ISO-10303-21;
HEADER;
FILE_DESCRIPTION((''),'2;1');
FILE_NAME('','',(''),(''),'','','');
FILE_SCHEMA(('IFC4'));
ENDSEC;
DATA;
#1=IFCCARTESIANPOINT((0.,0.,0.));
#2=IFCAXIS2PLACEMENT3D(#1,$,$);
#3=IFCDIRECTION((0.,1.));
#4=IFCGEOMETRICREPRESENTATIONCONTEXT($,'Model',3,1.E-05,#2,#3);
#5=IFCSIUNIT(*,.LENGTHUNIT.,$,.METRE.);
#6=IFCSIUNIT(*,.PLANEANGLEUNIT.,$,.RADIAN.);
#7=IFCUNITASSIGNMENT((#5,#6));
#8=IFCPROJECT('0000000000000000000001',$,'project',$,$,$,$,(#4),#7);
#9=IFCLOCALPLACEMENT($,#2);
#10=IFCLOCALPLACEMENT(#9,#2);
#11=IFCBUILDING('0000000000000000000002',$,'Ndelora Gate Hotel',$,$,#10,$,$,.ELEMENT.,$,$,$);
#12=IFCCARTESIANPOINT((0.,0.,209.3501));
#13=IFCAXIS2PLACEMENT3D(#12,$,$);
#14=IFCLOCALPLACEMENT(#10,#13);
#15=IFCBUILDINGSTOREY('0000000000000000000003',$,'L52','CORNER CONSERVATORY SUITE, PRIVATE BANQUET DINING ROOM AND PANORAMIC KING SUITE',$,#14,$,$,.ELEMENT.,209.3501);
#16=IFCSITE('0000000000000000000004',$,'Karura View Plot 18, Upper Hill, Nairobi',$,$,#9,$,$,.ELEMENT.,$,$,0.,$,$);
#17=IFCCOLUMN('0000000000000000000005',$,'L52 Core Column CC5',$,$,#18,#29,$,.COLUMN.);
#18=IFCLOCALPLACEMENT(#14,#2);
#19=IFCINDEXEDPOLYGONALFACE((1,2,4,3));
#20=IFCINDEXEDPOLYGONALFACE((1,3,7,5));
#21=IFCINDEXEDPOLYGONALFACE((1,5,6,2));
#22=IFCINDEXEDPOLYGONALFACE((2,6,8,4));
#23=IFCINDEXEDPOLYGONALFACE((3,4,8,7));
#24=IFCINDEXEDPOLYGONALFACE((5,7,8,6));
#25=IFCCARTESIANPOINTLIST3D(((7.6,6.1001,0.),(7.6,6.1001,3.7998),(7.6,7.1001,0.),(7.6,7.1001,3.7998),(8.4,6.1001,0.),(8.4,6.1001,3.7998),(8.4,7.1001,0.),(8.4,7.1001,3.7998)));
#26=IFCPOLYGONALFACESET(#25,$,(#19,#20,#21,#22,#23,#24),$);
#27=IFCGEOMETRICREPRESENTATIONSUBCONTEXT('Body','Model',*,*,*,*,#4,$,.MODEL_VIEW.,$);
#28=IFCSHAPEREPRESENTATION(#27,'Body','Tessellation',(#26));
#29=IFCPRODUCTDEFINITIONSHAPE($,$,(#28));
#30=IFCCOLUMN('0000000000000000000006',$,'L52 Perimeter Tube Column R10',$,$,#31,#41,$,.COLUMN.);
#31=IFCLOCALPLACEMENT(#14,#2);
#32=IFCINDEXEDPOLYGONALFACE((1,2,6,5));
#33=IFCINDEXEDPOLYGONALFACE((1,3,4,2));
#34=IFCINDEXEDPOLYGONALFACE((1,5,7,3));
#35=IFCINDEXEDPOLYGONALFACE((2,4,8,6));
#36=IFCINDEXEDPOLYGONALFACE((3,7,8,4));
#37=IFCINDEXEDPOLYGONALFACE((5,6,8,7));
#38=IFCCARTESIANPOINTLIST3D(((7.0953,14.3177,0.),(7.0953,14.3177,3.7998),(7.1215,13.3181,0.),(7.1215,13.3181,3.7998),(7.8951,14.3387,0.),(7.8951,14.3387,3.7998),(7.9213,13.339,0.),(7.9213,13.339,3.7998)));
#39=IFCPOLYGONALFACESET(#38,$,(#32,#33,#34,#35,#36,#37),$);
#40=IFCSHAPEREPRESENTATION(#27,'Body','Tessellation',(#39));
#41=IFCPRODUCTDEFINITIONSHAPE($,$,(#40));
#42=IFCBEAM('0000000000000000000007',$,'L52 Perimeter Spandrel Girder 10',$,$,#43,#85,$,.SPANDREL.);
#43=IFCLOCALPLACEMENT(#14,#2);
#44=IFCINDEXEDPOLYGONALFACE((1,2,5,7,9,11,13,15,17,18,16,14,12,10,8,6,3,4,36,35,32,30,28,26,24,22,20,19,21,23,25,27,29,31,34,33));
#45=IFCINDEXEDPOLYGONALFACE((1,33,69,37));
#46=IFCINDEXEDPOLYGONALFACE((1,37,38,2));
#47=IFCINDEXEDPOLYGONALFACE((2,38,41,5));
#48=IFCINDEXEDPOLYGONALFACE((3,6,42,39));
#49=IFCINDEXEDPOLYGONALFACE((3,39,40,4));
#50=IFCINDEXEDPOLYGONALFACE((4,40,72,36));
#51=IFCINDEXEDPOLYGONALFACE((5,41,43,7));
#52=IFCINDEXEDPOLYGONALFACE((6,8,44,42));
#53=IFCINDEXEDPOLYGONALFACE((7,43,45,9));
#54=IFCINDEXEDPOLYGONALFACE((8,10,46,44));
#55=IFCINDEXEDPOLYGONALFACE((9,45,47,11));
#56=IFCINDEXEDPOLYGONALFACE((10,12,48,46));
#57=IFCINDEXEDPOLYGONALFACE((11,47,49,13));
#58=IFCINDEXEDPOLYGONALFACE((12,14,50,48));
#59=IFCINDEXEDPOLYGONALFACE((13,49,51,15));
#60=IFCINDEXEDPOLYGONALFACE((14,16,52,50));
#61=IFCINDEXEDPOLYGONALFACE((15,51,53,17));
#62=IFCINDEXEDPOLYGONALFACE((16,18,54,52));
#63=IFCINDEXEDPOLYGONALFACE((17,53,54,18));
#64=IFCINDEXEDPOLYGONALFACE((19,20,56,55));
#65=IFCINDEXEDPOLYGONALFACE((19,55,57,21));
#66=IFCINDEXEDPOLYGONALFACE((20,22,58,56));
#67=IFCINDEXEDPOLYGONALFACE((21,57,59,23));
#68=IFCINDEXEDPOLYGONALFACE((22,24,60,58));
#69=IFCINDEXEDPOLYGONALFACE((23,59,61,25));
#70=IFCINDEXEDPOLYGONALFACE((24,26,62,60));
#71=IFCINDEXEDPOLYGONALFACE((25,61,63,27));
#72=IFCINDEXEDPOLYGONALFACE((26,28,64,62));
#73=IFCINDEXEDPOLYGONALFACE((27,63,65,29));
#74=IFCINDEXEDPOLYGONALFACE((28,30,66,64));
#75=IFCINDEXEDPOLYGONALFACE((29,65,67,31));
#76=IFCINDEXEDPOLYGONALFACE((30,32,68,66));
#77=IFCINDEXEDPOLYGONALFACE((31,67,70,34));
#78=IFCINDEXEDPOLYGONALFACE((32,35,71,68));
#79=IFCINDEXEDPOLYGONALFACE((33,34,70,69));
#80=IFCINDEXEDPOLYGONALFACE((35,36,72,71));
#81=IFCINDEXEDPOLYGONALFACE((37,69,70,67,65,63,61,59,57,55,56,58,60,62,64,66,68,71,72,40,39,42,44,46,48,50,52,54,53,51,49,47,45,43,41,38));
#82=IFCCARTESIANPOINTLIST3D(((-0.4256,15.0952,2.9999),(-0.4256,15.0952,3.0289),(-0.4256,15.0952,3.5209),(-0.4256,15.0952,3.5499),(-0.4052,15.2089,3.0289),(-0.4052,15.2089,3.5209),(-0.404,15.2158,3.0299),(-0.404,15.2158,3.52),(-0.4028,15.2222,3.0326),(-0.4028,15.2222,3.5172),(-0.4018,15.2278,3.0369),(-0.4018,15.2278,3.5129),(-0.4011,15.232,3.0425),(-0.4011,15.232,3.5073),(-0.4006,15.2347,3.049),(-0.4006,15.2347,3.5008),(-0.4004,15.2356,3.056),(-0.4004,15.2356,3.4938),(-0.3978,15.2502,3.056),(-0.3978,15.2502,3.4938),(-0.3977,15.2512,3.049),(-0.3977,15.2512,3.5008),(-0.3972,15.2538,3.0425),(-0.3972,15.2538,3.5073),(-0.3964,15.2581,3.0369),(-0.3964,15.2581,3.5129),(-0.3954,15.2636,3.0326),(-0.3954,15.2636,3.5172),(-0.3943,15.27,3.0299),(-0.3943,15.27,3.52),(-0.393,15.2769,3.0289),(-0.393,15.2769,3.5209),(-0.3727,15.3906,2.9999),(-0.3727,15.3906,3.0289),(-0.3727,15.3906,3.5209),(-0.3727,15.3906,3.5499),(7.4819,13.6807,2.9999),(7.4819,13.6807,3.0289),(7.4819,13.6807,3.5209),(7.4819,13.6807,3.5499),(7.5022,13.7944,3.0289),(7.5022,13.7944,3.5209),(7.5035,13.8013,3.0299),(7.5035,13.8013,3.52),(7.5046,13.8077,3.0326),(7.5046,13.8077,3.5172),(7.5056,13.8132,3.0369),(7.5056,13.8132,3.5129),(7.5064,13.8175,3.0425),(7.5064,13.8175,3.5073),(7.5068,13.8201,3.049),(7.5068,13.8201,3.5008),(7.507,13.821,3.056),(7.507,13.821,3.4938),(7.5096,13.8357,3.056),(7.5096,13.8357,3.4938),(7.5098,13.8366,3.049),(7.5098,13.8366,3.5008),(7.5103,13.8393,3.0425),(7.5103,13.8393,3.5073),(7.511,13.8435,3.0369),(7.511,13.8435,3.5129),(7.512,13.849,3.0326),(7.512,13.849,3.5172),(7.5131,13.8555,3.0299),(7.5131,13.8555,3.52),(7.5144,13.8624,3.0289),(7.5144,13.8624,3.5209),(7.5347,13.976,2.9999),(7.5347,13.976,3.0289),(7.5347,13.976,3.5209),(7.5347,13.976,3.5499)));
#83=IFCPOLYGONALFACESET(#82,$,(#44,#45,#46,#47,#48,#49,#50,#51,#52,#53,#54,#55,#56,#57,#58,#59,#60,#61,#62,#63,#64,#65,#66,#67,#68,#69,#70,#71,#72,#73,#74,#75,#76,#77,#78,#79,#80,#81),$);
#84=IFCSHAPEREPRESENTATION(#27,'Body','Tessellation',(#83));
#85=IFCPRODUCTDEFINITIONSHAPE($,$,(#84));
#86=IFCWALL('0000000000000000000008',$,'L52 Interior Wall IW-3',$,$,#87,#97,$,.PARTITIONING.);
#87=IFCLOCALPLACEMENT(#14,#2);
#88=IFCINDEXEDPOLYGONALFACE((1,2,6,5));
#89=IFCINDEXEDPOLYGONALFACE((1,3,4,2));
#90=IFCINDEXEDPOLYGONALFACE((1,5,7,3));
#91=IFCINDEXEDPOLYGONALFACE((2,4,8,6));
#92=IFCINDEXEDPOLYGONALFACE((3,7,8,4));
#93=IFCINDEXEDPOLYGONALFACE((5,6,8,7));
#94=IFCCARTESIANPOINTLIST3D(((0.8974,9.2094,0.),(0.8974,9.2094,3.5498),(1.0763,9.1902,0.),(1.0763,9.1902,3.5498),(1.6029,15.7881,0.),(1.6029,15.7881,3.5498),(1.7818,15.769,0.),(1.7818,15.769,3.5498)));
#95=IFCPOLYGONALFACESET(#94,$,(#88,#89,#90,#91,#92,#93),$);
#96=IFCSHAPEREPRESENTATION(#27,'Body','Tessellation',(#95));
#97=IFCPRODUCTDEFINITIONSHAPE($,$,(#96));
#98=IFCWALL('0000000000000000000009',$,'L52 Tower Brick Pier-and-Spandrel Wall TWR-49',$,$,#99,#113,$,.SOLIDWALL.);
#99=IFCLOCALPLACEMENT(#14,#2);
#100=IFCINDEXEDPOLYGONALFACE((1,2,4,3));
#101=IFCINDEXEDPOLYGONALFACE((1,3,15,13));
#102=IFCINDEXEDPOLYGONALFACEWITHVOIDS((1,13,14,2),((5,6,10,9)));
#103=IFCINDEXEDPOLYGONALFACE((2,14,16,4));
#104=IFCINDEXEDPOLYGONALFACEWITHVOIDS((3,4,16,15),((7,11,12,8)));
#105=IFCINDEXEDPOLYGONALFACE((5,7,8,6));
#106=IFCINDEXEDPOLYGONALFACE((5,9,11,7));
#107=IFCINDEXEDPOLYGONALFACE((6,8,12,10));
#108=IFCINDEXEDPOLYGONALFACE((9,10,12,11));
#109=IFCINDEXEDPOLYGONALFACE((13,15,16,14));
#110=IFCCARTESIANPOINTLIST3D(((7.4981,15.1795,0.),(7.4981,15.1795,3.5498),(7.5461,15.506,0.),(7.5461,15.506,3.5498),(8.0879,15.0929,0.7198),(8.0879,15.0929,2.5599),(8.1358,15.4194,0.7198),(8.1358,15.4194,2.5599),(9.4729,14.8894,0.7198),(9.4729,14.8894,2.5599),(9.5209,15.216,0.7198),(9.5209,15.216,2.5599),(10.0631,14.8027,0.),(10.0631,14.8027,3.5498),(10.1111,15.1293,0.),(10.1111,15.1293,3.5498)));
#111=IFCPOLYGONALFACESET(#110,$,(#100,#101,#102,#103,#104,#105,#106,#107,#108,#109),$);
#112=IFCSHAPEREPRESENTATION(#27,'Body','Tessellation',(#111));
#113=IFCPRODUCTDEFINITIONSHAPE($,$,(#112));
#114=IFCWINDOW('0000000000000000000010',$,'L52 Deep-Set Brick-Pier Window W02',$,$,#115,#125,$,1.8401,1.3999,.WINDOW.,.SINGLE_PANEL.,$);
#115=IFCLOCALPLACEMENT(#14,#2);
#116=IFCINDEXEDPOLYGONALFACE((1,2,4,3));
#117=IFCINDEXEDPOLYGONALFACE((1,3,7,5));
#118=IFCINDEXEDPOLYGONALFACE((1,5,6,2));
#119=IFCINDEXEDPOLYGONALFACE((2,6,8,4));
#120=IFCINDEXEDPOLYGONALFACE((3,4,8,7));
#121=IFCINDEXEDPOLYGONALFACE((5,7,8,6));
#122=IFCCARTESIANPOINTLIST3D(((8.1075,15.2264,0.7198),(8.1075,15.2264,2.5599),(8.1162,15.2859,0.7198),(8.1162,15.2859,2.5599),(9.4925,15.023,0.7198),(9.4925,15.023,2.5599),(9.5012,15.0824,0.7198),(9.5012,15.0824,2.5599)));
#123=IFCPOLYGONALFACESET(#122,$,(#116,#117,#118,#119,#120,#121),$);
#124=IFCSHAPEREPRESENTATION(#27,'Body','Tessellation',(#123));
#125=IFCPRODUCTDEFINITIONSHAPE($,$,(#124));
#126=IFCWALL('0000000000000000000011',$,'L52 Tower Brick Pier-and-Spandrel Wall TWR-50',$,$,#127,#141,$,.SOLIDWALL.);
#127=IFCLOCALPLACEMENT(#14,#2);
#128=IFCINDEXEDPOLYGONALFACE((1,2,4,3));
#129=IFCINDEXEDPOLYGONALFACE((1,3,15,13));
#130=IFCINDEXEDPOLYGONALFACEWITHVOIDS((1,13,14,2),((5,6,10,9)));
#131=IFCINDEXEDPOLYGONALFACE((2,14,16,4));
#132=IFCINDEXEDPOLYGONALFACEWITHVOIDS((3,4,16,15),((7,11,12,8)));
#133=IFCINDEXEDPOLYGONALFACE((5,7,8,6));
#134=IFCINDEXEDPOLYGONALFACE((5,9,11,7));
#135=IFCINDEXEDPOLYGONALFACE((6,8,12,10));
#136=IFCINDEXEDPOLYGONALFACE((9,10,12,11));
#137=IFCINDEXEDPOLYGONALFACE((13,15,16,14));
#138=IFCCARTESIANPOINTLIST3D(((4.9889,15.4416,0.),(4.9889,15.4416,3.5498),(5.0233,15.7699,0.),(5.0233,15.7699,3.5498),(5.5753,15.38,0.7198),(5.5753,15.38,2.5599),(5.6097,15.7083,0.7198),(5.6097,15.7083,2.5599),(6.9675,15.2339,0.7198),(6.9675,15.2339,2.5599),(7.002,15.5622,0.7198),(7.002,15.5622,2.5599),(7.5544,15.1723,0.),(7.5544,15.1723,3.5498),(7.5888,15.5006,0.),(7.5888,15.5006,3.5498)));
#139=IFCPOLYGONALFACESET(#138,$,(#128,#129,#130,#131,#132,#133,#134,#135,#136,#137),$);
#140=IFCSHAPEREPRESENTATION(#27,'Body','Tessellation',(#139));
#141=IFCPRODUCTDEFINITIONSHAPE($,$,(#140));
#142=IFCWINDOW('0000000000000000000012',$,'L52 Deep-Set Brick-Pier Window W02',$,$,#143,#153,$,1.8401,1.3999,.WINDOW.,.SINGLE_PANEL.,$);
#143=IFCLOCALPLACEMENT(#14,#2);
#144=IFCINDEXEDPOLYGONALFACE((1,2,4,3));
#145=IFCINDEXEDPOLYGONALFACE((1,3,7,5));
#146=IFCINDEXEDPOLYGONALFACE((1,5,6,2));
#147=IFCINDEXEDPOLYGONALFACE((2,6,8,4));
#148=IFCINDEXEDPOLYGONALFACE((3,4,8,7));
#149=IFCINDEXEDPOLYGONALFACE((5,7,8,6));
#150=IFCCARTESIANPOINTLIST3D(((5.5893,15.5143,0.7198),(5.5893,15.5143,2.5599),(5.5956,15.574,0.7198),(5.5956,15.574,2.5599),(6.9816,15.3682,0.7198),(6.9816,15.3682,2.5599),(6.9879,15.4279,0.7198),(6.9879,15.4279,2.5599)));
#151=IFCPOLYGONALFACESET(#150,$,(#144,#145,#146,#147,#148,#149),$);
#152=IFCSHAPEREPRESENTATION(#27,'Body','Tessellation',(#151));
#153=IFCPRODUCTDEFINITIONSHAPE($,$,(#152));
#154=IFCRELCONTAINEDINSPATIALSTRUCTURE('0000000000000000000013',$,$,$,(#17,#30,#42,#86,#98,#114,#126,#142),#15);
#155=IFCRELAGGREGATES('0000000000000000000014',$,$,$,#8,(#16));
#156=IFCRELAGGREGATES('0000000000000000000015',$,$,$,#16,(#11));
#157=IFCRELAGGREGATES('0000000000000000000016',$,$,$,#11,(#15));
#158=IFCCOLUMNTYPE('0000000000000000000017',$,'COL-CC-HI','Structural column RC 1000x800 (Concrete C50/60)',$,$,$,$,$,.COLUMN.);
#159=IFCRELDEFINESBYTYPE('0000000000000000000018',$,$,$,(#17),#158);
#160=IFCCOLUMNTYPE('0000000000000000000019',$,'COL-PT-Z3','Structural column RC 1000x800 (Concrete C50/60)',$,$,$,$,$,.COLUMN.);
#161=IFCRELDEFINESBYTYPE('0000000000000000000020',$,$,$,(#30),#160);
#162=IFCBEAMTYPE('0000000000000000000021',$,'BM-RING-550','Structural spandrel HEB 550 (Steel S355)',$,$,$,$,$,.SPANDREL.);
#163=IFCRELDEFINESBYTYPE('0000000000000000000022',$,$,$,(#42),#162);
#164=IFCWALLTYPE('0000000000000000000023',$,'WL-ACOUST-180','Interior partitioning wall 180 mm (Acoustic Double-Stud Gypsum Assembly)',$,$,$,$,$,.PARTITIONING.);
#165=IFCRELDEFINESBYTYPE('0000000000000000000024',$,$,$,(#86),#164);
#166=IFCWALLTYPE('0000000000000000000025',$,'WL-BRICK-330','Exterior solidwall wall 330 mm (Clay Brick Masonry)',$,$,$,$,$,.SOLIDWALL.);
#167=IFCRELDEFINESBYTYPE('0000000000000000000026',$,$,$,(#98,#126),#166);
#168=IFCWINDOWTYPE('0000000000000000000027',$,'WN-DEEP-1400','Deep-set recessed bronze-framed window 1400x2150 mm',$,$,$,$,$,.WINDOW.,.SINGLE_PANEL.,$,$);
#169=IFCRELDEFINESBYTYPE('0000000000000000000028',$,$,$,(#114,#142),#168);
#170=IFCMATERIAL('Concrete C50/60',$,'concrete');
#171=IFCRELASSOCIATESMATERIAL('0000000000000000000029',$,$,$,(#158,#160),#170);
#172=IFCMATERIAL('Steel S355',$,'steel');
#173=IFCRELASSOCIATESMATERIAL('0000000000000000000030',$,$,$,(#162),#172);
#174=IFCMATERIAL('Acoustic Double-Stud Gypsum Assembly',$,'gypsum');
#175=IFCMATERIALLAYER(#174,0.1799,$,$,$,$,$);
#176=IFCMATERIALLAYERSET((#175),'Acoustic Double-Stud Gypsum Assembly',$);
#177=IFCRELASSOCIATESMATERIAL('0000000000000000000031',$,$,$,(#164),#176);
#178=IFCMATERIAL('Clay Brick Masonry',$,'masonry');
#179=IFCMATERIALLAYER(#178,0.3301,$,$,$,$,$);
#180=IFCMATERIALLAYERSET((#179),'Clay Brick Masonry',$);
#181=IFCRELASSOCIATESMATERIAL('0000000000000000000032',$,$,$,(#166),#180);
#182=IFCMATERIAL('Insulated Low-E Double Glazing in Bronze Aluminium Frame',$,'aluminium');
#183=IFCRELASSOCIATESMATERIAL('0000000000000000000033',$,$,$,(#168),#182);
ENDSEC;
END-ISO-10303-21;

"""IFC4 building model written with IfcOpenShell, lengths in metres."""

from ifc_helpers import new_model, si_unit, direction, frame, frame_2d, origin, origin_2d, place, context, subcontext, project, spatial, rectangle, i_section, extrude, material, layer, layer_set, material_profile, profile_set, type_object, element, fill, save


model = new_model("IFC4")

# Units and contexts
model_context = context("Model", 3, precision=1e-05, world=origin(), true_north=direction((0.0, 1.0)))
body_context = subcontext(model_context, "Body", "Model", "MODEL_VIEW")
ifc_project = project(units=[si_unit("LENGTHUNIT", "METRE"), si_unit("PLANEANGLEUNIT", "RADIAN")], contexts=[model_context])

# Site, building, storey
site_placement = place(None, origin())
site = spatial("IfcSite", under=ifc_project, at=site_placement, Name="Karura View Plot 18, Upper Hill, Nairobi", CompositionType="ELEMENT", RefElevation=0.0)
building_placement = place(site_placement, origin())
building = spatial("IfcBuilding", under=site, at=building_placement, Name="Ndelora Gate Hotel", CompositionType="ELEMENT")
storey_placement = place(building_placement, frame((0.0, 0.0, 209.3501)))
storey = spatial("IfcBuildingStorey", under=building, at=storey_placement, Name="L52", Description="CORNER CONSERVATORY SUITE, PRIVATE BANQUET DINING ROOM AND PANORAMIC KING SUITE", CompositionType="ELEMENT", Elevation=209.3501)

# Columns
ifc_material_1 = material(Name="Concrete C50/60", Category="concrete")
ifc_material_profile_1 = material_profile(ifc_material_1, rectangle(XDim=0.8, YDim=1.0, at=origin_2d()), Name="RC 1000x800")
ifc_profile_set_1 = profile_set([ifc_material_profile_1], Name="Concrete C50/60")
column_type_1 = type_object("IfcColumnType", Name="COL-CC-HI", Description="Structural column RC 1000x800 (Concrete C50/60)", PredefinedType="COLUMN", material=ifc_profile_set_1)
column_1_placement = place(storey_placement, frame((8.0, 6.6001, 0.0), z_axis=(0.0, 0.0, 1.0), x_axis=(1.0, 0.0, 0.0)))
element("IfcColumn", 1, at=column_1_placement, inside=storey, type_object=column_type_1, Name="L52 Core Column CC5", PredefinedType="COLUMN", context=body_context, shape_type="SweptSolid", body=[
    extrude(rectangle(XDim=0.8, YDim=1.0, at=origin_2d()), origin(), (0.0, 0.0, 1.0), 3.7998),
])
ifc_material_profile_2 = material_profile(ifc_material_1, rectangle(XDim=0.8, YDim=1.0, at=origin_2d()), Name="RC 1000x800")
ifc_profile_set_2 = profile_set([ifc_material_profile_2], Name="Concrete C50/60")
column_type_2 = type_object("IfcColumnType", Name="COL-PT-Z3", Description="Structural column RC 1000x800 (Concrete C50/60)", PredefinedType="COLUMN", material=ifc_profile_set_2)
column_2_placement = place(storey_placement, frame((7.5083, 13.8284, 0.0), z_axis=(0.0, 0.0, 1.0), x_axis=(0.999657, 0.026177, 0.0)))
element("IfcColumn", 2, at=column_2_placement, inside=storey, type_object=column_type_2, Name="L52 Perimeter Tube Column R10", PredefinedType="COLUMN", context=body_context, shape_type="SweptSolid", body=[
    extrude(rectangle(XDim=0.8, YDim=1.0, at=origin_2d()), origin(), (0.0, 0.0, 1.0), 3.7998),
])

# Beam
ifc_material_2 = material(Name="Steel S355", Category="steel")
ifc_material_profile_3 = material_profile(ifc_material_2, i_section(OverallWidth=0.3, OverallDepth=0.55, WebThickness=0.0149, FlangeThickness=0.0291, FilletRadius=0.0271, at=origin_2d()), Name="HEB 550")
ifc_profile_set_3 = profile_set([ifc_material_profile_3], Name="Steel S355")
beam_type = type_object("IfcBeamType", Name="BM-RING-550", Description="Structural spandrel HEB 550 (Steel S355)", PredefinedType="SPANDREL", material=ifc_profile_set_3)
beam_placement = place(storey_placement, frame((7.5083, 13.8284, 3.2749), z_axis=(-0.984374, 0.176093, 0.0), x_axis=(-0.176093, -0.984374, 0.0)))
element("IfcBeam", 3, at=beam_placement, inside=storey, type_object=beam_type, Name="L52 Perimeter Spandrel Girder 10", PredefinedType="SPANDREL", context=body_context, shape_type="SweptSolid", body=[
    extrude(i_section(OverallWidth=0.3, OverallDepth=0.55, WebThickness=0.0149, FlangeThickness=0.0291, FilletRadius=0.0271, at=origin_2d()), origin(), (0.0, 0.0, 1.0), 8.033),
])

# Wall
ifc_material_3 = material(Name="Acoustic Double-Stud Gypsum Assembly", Category="gypsum")
ifc_layer_1 = layer(ifc_material_3, 0.1799)
ifc_layer_set_1 = layer_set([ifc_layer_1], Name="Acoustic Double-Stud Gypsum Assembly")
wall_type_1 = type_object("IfcWallType", Name="WL-ACOUST-180", Description="Interior partitioning wall 180 mm (Acoustic Double-Stud Gypsum Assembly)", PredefinedType="PARTITIONING", material=ifc_layer_set_1)
wall_1_placement = place(storey_placement, frame((0.9868, 9.2, 0.0), z_axis=(0.0, 0.0, 1.0), x_axis=(0.10664, 0.994298, 0.0)))
element("IfcWall", 4, at=wall_1_placement, inside=storey, type_object=wall_type_1, Name="L52 Interior Wall IW-3", PredefinedType="PARTITIONING", context=body_context, shape_type="SweptSolid", body=[
    extrude(rectangle(XDim=6.6165, YDim=0.1799, at=frame_2d((3.3081, 0.0))), origin(), (0.0, 0.0, 1.0), 3.5498),
])

# Walls, openings, windows
ifc_material_4 = material(Name="Clay Brick Masonry", Category="masonry")
ifc_layer_2 = layer(ifc_material_4, 0.3301)
ifc_layer_set_2 = layer_set([ifc_layer_2], Name="Clay Brick Masonry")
wall_type_2 = type_object("IfcWallType", Name="WL-BRICK-330", Description="Exterior solidwall wall 330 mm (Clay Brick Masonry)", PredefinedType="SOLIDWALL", material=ifc_layer_set_2)
wall_2_placement = place(storey_placement, frame((7.522, 15.3428, 0.0), z_axis=(0.0, 0.0, 1.0), x_axis=(0.989386, -0.14531, 0.0)))
wall_2 = element("IfcWall", 5, at=wall_2_placement, inside=storey, type_object=wall_type_2, Name="L52 Tower Brick Pier-and-Spandrel Wall TWR-49", PredefinedType="SOLIDWALL", context=body_context, shape_type="SweptSolid", body=[
    extrude(rectangle(XDim=2.5925, YDim=0.3301, at=frame_2d((1.2964, 0.0))), origin(), (0.0, 0.0, 1.0), 3.5498),
])
opening_1_placement = place(wall_2_placement, frame((0.5962, 0.0, 0.72)))
opening_1 = element("IfcOpeningElement", 6, at=opening_1_placement, cuts=wall_2, PredefinedType="OPENING", context=body_context, shape_type="SweptSolid", body=[
    extrude(rectangle(XDim=1.3999, YDim=1.8401, at=frame_2d((0.7, 0.9199))), frame((0.0, 0.175, 0.0), z_axis=(0.0, -1.0, 0.0), x_axis=(1.0, 0.0, 0.0)), (0.0, 0.0, 1.0), 0.3501),
])
ifc_material_5 = material(Name="Insulated Low-E Double Glazing in Bronze Aluminium Frame", Category="aluminium")
window_type = type_object("IfcWindowType", Name="WN-DEEP-1400", Description="Deep-set recessed bronze-framed window 1400x2150 mm", PartitioningType="SINGLE_PANEL", PredefinedType="WINDOW", material=ifc_material_5)
window_1_placement = place(opening_1_placement, origin())
window_1 = element("IfcWindow", 7, at=window_1_placement, inside=storey, type_object=window_type, Name="L52 Deep-Set Brick-Pier Window W02", OverallHeight=1.8401, OverallWidth=1.3999, PartitioningType="SINGLE_PANEL", PredefinedType="WINDOW", context=body_context, shape_type="SweptSolid", body=[
    extrude(rectangle(XDim=1.3999, YDim=1.8401, at=frame_2d((0.7, 0.9199))), frame((0.0, 0.03, 0.0), z_axis=(0.0, -1.0, 0.0), x_axis=(1.0, 0.0, 0.0)), (0.0, 0.0, 1.0), 0.0601),
])
fill(opening_1, window_1)
wall_3_placement = place(storey_placement, frame((5.0061, 15.6057, 0.0), z_axis=(0.0, 0.0, 1.0), x_axis=(0.994536, -0.104394, 0.0)))
wall_3 = element("IfcWall", 8, at=wall_3_placement, inside=storey, type_object=wall_type_2, Name="L52 Tower Brick Pier-and-Spandrel Wall TWR-50", PredefinedType="SOLIDWALL", context=body_context, shape_type="SweptSolid", body=[
    extrude(rectangle(XDim=2.5796, YDim=0.3301, at=frame_2d((1.2898, 0.0))), origin(), (0.0, 0.0, 1.0), 3.5498),
])
opening_2_placement = place(wall_3_placement, frame((0.5896, 0.0, 0.72)))
opening_2 = element("IfcOpeningElement", 9, at=opening_2_placement, cuts=wall_3, PredefinedType="OPENING", context=body_context, shape_type="SweptSolid", body=[
    extrude(rectangle(XDim=1.3999, YDim=1.8401, at=frame_2d((0.7, 0.9199))), frame((0.0, 0.175, 0.0), z_axis=(0.0, -1.0, 0.0), x_axis=(1.0, 0.0, 0.0)), (0.0, 0.0, 1.0), 0.3501),
])
window_2_placement = place(opening_2_placement, origin())
window_2 = element("IfcWindow", 10, at=window_2_placement, inside=storey, type_object=window_type, Name="L52 Deep-Set Brick-Pier Window W02", OverallHeight=1.8401, OverallWidth=1.3999, PartitioningType="SINGLE_PANEL", PredefinedType="WINDOW", context=body_context, shape_type="SweptSolid", body=[
    extrude(rectangle(XDim=1.3999, YDim=1.8401, at=frame_2d((0.7, 0.9199))), frame((0.0, 0.03, 0.0), z_axis=(0.0, -1.0, 0.0), x_axis=(1.0, 0.0, 0.0)), (0.0, 0.0, 1.0), 0.0601),
])
fill(opening_2, window_2)

save(model, "model.ifc")
